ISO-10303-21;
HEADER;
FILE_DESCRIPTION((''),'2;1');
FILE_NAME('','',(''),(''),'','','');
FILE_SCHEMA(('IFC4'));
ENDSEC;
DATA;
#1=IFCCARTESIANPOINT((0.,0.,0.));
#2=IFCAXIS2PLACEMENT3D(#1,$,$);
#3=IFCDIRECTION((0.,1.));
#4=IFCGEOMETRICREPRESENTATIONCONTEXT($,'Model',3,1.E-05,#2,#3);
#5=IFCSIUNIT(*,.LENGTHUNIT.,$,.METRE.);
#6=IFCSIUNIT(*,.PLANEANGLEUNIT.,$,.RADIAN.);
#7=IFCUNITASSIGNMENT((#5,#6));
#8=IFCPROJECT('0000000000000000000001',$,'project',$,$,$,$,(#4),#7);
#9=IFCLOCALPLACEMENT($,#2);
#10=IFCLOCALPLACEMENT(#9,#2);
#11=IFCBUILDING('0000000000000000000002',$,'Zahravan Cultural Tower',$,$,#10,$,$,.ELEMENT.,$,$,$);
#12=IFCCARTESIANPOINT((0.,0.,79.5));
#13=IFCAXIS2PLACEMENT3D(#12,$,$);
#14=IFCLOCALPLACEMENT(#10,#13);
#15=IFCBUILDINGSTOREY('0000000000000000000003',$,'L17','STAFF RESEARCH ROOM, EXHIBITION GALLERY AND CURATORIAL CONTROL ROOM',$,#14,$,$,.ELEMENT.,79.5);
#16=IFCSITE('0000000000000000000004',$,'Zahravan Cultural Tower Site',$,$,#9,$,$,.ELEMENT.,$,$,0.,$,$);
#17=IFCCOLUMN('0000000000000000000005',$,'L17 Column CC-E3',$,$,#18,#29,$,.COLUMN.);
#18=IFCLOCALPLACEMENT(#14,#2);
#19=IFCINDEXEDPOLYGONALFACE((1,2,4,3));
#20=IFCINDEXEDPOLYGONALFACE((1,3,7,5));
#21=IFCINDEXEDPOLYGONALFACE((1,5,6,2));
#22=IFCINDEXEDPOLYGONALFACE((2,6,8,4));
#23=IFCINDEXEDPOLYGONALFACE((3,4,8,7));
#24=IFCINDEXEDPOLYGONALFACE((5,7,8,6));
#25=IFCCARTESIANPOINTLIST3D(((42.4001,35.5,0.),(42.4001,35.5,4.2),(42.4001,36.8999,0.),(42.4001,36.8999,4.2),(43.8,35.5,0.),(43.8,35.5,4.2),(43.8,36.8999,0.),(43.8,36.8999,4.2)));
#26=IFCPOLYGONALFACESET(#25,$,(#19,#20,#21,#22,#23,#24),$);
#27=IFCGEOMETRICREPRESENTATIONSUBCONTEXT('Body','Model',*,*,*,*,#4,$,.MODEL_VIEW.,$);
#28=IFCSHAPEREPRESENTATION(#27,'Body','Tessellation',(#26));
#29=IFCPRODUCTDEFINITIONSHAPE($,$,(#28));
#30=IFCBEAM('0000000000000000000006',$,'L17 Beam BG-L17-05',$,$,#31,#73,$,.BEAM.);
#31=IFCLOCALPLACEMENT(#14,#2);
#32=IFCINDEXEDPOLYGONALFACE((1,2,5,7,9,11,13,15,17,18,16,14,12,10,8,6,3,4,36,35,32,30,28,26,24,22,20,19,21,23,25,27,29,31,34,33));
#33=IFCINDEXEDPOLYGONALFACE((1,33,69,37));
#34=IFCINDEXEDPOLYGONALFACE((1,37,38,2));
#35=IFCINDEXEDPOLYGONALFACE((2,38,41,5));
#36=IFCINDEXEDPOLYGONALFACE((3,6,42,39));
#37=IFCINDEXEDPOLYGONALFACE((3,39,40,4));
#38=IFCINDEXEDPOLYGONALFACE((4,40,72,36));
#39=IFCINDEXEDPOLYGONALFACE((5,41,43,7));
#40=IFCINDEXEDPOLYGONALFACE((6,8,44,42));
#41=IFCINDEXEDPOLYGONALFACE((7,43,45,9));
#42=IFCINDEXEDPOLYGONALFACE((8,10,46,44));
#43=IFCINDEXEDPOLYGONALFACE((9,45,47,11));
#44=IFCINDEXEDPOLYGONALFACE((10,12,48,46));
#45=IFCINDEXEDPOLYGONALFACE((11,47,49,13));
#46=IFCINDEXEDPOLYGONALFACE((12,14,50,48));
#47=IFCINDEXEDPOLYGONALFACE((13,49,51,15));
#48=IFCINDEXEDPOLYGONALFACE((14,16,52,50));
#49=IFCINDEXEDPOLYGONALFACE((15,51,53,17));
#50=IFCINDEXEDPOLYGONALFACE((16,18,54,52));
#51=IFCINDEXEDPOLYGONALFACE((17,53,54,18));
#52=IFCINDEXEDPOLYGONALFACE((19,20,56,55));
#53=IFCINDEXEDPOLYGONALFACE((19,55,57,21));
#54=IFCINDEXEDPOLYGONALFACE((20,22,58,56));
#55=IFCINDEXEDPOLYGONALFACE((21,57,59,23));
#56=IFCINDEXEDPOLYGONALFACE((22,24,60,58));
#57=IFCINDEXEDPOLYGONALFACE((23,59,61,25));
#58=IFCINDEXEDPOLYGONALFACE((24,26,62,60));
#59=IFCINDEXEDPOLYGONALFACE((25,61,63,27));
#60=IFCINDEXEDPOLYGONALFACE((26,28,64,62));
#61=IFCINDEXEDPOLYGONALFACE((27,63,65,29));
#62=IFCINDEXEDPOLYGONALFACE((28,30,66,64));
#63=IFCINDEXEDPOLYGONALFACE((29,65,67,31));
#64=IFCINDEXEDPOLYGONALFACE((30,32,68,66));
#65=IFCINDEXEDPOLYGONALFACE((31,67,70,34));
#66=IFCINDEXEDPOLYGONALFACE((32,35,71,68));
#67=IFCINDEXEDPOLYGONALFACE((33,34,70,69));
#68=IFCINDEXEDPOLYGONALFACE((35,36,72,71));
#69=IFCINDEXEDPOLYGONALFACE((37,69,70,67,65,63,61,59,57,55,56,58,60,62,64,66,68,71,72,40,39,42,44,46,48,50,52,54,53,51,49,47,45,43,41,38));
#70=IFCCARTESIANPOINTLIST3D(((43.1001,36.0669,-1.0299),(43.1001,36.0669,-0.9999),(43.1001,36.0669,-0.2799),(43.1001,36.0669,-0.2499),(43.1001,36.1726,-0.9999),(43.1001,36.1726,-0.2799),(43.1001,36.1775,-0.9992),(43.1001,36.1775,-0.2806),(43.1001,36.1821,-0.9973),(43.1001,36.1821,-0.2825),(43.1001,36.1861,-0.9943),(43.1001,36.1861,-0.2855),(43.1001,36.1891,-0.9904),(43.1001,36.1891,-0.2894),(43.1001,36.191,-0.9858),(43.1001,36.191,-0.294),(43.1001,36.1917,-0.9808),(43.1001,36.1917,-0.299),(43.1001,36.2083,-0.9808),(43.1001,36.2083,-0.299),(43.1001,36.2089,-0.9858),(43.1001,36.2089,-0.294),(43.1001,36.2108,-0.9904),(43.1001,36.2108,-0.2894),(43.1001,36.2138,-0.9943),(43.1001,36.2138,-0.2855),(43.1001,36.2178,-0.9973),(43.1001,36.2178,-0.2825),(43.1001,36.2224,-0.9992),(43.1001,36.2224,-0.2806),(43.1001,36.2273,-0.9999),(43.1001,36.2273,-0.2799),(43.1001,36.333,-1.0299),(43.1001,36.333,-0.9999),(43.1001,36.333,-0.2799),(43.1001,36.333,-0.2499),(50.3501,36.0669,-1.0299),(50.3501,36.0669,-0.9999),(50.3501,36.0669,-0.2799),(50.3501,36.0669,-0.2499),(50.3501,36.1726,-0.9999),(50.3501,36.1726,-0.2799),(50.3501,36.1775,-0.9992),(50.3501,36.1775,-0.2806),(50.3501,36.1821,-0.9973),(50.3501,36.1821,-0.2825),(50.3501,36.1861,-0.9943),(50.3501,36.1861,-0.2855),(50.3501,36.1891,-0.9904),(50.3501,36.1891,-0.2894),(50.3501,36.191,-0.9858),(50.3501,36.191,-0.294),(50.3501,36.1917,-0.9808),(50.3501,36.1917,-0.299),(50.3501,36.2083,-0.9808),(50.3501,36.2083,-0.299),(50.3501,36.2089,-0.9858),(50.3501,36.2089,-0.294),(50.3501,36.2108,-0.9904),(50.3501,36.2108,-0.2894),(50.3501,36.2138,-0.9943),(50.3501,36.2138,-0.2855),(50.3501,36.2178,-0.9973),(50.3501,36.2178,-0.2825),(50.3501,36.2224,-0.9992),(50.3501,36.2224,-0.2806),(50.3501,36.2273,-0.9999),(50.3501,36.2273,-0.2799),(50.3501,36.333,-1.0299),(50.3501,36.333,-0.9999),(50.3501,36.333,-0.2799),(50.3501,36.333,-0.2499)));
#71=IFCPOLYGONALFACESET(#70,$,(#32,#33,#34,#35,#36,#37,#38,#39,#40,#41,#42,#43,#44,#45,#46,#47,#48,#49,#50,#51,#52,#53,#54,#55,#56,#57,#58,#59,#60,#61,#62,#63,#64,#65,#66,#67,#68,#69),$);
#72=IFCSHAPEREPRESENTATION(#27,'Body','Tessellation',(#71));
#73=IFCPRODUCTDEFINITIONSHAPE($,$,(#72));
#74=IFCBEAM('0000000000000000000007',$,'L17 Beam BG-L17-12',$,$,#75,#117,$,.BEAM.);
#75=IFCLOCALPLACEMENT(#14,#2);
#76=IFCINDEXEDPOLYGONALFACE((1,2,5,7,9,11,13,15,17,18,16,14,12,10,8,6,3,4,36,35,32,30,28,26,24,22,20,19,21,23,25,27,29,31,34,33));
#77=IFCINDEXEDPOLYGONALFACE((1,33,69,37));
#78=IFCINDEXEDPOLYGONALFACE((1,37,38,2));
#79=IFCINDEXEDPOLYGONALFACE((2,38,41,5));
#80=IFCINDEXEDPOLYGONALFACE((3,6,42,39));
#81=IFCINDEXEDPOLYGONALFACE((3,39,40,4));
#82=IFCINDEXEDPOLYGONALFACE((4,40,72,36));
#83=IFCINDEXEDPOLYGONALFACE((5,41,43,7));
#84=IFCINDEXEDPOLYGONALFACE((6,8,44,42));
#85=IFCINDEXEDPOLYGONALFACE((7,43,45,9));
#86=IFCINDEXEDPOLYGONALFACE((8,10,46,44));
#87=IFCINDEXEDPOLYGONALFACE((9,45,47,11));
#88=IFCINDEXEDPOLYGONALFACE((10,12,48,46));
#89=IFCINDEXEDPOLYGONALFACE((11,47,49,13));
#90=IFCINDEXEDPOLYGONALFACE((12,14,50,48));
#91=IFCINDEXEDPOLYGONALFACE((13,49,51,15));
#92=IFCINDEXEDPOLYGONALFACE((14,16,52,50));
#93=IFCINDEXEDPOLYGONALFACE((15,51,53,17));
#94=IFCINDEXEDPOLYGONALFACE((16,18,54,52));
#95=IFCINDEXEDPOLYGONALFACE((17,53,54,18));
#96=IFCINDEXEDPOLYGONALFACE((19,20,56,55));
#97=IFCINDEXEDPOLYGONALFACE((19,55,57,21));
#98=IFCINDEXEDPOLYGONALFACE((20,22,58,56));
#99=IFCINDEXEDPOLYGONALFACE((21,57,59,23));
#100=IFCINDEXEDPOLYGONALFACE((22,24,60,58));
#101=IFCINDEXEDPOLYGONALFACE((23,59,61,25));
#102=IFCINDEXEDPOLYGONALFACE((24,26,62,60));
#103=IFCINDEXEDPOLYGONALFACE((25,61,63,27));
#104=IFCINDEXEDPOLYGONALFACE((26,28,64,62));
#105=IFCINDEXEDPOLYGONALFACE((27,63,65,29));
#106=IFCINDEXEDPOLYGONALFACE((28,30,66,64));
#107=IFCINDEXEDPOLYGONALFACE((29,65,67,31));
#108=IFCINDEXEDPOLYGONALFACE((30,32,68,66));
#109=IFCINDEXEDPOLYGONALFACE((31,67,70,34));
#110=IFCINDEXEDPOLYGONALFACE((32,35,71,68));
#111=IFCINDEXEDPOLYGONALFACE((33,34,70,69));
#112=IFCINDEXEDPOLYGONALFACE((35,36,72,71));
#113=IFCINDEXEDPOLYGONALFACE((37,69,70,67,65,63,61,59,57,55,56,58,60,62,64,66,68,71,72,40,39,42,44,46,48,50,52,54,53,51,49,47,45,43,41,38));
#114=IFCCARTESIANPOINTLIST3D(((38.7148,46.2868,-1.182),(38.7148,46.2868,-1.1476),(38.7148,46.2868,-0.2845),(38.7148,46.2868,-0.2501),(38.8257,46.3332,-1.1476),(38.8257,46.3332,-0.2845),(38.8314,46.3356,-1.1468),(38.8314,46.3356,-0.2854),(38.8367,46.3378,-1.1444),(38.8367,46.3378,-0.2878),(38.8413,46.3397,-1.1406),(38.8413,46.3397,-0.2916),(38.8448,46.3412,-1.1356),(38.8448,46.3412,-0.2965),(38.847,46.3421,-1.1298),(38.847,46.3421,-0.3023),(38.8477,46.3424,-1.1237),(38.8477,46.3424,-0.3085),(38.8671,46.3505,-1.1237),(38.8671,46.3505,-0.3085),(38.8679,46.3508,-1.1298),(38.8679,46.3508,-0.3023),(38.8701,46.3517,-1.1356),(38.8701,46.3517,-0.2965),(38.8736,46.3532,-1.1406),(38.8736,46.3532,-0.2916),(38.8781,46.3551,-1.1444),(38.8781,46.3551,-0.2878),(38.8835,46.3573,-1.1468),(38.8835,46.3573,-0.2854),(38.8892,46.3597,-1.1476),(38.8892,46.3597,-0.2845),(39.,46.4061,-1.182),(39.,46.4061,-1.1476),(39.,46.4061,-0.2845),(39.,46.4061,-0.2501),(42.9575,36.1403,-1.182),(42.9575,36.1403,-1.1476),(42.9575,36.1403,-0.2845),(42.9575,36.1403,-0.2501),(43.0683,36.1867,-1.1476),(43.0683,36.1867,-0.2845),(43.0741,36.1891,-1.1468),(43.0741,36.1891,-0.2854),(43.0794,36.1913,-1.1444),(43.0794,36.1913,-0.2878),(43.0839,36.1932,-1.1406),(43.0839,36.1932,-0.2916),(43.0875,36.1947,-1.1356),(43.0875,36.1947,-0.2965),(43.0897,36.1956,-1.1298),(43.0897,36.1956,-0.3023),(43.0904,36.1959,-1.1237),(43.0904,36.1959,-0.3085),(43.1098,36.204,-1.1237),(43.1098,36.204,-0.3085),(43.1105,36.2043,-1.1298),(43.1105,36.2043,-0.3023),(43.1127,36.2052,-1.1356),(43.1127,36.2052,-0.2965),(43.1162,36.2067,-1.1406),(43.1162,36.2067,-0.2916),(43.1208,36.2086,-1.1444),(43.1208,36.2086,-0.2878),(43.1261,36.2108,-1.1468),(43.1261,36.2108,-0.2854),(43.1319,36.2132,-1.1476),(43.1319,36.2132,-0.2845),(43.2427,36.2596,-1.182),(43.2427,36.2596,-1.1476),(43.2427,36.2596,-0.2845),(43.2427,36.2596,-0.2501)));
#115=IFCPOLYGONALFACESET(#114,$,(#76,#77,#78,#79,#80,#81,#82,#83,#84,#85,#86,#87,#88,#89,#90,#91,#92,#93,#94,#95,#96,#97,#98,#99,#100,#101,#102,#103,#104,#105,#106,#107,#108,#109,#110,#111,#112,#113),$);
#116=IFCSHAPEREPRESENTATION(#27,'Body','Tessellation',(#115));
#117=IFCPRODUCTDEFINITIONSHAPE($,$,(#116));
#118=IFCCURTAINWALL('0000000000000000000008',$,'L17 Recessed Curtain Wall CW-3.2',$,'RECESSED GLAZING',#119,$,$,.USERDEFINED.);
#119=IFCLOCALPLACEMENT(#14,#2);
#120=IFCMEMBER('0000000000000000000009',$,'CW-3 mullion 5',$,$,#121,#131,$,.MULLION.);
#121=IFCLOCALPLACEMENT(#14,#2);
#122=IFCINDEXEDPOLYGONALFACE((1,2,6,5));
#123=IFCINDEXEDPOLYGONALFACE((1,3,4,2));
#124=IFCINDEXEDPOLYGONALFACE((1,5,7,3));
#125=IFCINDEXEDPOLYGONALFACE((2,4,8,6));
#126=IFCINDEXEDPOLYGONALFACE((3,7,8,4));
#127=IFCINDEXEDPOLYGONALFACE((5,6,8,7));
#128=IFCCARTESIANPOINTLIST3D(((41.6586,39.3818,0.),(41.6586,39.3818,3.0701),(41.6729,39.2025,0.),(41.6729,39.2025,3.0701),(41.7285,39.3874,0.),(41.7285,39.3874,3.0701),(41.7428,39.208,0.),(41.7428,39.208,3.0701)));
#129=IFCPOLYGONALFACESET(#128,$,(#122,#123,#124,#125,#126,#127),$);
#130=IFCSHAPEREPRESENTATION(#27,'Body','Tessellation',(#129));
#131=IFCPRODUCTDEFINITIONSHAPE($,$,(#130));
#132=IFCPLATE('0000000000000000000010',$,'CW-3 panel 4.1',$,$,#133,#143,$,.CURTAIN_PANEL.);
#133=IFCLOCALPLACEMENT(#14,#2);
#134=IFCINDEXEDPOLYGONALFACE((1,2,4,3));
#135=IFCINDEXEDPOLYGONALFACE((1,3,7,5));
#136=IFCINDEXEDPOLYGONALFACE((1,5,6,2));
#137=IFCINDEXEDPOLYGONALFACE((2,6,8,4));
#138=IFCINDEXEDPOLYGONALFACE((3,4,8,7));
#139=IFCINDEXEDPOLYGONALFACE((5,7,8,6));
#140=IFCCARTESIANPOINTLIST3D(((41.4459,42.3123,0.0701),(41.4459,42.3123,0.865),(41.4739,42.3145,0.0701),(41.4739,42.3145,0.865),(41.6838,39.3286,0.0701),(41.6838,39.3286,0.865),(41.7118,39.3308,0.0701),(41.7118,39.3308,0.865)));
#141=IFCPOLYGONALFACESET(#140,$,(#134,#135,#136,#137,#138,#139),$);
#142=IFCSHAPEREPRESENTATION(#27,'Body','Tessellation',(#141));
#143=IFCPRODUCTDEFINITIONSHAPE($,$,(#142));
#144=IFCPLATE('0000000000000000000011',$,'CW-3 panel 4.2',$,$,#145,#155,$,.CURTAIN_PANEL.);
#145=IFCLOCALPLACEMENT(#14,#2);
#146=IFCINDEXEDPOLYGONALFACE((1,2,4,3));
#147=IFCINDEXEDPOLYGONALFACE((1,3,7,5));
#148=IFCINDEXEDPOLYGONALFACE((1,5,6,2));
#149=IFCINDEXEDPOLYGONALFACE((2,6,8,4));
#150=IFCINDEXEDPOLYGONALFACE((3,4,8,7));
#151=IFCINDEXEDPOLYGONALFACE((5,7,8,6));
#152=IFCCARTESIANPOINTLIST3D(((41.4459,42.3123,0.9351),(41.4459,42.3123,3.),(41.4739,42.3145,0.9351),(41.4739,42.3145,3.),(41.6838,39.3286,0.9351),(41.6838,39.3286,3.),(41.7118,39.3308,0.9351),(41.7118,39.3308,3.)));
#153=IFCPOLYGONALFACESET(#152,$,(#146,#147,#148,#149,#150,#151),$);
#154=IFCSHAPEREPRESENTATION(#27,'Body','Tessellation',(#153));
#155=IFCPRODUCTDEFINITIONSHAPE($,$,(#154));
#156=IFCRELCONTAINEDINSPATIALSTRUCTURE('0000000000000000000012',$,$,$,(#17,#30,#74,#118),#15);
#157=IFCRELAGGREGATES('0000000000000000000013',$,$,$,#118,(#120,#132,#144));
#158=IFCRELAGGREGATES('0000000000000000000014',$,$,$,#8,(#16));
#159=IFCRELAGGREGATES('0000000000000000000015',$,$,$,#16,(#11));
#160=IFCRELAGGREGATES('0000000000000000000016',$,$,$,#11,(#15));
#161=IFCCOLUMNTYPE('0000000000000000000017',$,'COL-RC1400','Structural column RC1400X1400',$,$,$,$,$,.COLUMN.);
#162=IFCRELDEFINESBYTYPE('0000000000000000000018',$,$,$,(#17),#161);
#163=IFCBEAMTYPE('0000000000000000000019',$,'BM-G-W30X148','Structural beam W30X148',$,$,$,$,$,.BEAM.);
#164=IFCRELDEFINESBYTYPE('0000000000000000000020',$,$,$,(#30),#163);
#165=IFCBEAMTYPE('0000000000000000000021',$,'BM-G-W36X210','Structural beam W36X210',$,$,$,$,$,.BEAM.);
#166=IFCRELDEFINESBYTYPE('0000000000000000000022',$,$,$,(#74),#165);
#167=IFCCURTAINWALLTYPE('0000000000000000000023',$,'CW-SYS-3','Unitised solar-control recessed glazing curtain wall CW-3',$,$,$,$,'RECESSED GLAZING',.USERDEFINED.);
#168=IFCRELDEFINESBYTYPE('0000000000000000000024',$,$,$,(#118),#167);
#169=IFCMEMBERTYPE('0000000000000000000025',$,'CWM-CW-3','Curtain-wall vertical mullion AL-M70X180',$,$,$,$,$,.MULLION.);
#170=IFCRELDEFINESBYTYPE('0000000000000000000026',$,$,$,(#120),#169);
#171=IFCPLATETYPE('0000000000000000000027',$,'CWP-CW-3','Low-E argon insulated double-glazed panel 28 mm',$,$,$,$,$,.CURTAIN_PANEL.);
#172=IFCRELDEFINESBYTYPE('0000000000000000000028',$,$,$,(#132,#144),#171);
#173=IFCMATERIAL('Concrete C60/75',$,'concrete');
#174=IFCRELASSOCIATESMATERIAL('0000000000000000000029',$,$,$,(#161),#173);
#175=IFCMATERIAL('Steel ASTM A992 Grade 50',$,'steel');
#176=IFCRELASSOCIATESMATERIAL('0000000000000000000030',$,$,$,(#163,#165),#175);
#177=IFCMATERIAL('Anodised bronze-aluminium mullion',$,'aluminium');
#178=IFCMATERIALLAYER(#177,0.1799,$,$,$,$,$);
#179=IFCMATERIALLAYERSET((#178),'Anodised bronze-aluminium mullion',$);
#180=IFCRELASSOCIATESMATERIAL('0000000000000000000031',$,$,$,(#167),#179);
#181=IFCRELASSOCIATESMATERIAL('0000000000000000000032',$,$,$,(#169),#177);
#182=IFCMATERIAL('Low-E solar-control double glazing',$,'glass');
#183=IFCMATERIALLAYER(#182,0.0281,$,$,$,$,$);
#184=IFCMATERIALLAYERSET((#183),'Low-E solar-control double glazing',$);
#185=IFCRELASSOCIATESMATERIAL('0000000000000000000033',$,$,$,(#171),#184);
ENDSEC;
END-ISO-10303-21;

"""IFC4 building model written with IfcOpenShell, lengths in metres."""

from ifc_helpers import new_model, si_unit, direction, frame, origin, origin_2d, place, context, subcontext, project, spatial, rectangle, i_section, extrude, source, transform, mapped, material, layer, layer_set, material_profile, profile_set, type_object, element, aggregate, save


model = new_model("IFC4")

# Units and contexts
model_context = context("Model", 3, precision=1e-05, world=origin(), true_north=direction((0.0, 1.0)))
body_context = subcontext(model_context, "Body", "Model", "MODEL_VIEW")
ifc_project = project(units=[si_unit("LENGTHUNIT", "METRE"), si_unit("PLANEANGLEUNIT", "RADIAN")], contexts=[model_context])

# Site, building, storey
site_placement = place(None, origin())
site = spatial("IfcSite", under=ifc_project, at=site_placement, Name="Zahravan Cultural Tower Site", CompositionType="ELEMENT", RefElevation=0.0)
building_placement = place(site_placement, origin())
building = spatial("IfcBuilding", under=site, at=building_placement, Name="Zahravan Cultural Tower", CompositionType="ELEMENT")
storey_placement = place(building_placement, frame((0.0, 0.0, 79.5)))
storey = spatial("IfcBuildingStorey", under=building, at=storey_placement, Name="L17", Description="STAFF RESEARCH ROOM, EXHIBITION GALLERY AND CURATORIAL CONTROL ROOM", CompositionType="ELEMENT", Elevation=79.5)

# Column
ifc_material_1 = material(Name="Concrete C60/75", Category="concrete")
ifc_material_profile_1 = material_profile(ifc_material_1, rectangle(XDim=1.3999, YDim=1.3999, at=origin_2d()), Name="RC1400X1400")
ifc_profile_set_1 = profile_set([ifc_material_profile_1], Name="Concrete C60/75")
column_type = type_object("IfcColumnType", Name="COL-RC1400", Description="Structural column RC1400X1400", PredefinedType="COLUMN", material=ifc_profile_set_1)
shared_shape_1 = source(origin(), body_context, "Body", "SweptSolid", [
    extrude(rectangle(XDim=1.3999, YDim=1.3999, at=origin_2d()), origin(), (0.0, 0.0, 1.0), 4.2),
])
column_placement = place(storey_placement, frame((43.1001, 36.2, 0.0), z_axis=(0.0, 0.0, 1.0), x_axis=(1.0, 0.0, 0.0)))
element("IfcColumn", 1, at=column_placement, inside=storey, type_object=column_type, Name="L17 Column CC-E3", PredefinedType="COLUMN", context=body_context, shape_type="MappedRepresentation", body=[
    mapped(shared_shape_1, transform((0.0, 0.0, 0.0), x_axis=(1.0, 0.0, 0.0), y_axis=(0.0, 1.0, 0.0), z_axis=(0.0, 0.0, 1.0), scale=1.0)),
])

# Beams
ifc_material_2 = material(Name="Steel ASTM A992 Grade 50", Category="steel")
ifc_material_profile_2 = material_profile(ifc_material_2, i_section(OverallWidth=0.2661, OverallDepth=0.78, WebThickness=0.0166, FlangeThickness=0.03, FilletRadius=0.019, at=origin_2d()), Name="W30X148")
ifc_profile_set_2 = profile_set([ifc_material_profile_2], Name="Steel ASTM A992 Grade 50")
beam_type_1 = type_object("IfcBeamType", Name="BM-G-W30X148", Description="Structural beam W30X148", PredefinedType="BEAM", material=ifc_profile_set_2)
shared_shape_2 = source(origin(), body_context, "Body", "SweptSolid", [
    extrude(i_section(OverallWidth=0.2661, OverallDepth=0.78, WebThickness=0.0166, FlangeThickness=0.03, FilletRadius=0.019, at=origin_2d()), origin(), (0.0, 0.0, 1.0), 7.25),
])
beam_1_placement = place(storey_placement, frame((43.1001, 36.2, -0.6399), z_axis=(1.0, 0.0, 0.0), x_axis=(0.0, 1.0, 0.0)))
element("IfcBeam", 2, at=beam_1_placement, inside=storey, type_object=beam_type_1, Name="L17 Beam BG-L17-05", PredefinedType="BEAM", context=body_context, shape_type="MappedRepresentation", body=[
    mapped(shared_shape_2, transform((0.0, 0.0, 0.0), x_axis=(1.0, 0.0, 0.0), y_axis=(0.0, 1.0, 0.0), z_axis=(0.0, 0.0, 1.0), scale=1.0)),
])
ifc_material_profile_3 = material_profile(ifc_material_2, i_section(OverallWidth=0.3091, OverallDepth=0.9319, WebThickness=0.021, FlangeThickness=0.0344, FilletRadius=0.0239, at=origin_2d()), Name="W36X210")
ifc_profile_set_3 = profile_set([ifc_material_profile_3], Name="Steel ASTM A992 Grade 50")
beam_type_2 = type_object("IfcBeamType", Name="BM-G-W36X210", Description="Structural beam W36X210", PredefinedType="BEAM", material=ifc_profile_set_3)
shared_shape_3 = source(origin(), body_context, "Body", "SweptSolid", [
    extrude(i_section(OverallWidth=0.3091, OverallDepth=0.9319, WebThickness=0.021, FlangeThickness=0.0344, FilletRadius=0.0239, at=origin_2d()), origin(), (0.0, 0.0, 1.0), 10.9978),
])
beam_2_placement = place(storey_placement, frame((43.1001, 36.2, -0.7161), z_axis=(-0.385775, 0.922593, 0.0), x_axis=(-0.922593, -0.385775, 0.0)))
element("IfcBeam", 3, at=beam_2_placement, inside=storey, type_object=beam_type_2, Name="L17 Beam BG-L17-12", PredefinedType="BEAM", context=body_context, shape_type="MappedRepresentation", body=[
    mapped(shared_shape_3, transform((0.0, 0.0, 0.0), x_axis=(1.0, 0.0, 0.0), y_axis=(0.0, 1.0, 0.0), z_axis=(0.0, 0.0, 1.0), scale=1.0)),
])

# Curtain wall, member, plates
ifc_material_3 = material(Name="Anodised bronze-aluminium mullion", Category="aluminium")
ifc_layer_1 = layer(ifc_material_3, 0.1799)
ifc_layer_set_1 = layer_set([ifc_layer_1], Name="Anodised bronze-aluminium mullion")
curtain_wall_type = type_object("IfcCurtainWallType", Name="CW-SYS-3", Description="Unitised solar-control recessed glazing curtain wall CW-3", ElementType="RECESSED GLAZING", PredefinedType="USERDEFINED", material=ifc_layer_set_1)
curtain_wall_placement = place(storey_placement, origin())
curtain_wall = element("IfcCurtainWall", 4, at=curtain_wall_placement, inside=storey, type_object=curtain_wall_type, Name="L17 Recessed Curtain Wall CW-3.2", ObjectType="RECESSED GLAZING", PredefinedType="USERDEFINED")
ifc_material_profile_4 = material_profile(ifc_material_3, rectangle(XDim=0.0701, YDim=0.1799, at=origin_2d()), Name="AL-M70X180")
ifc_profile_set_4 = profile_set([ifc_material_profile_4], Name="Anodised bronze-aluminium mullion")
member_type = type_object("IfcMemberType", Name="CWM-CW-3", Description="Curtain-wall vertical mullion AL-M70X180", PredefinedType="MULLION", material=ifc_profile_set_4)
shared_shape_4 = source(origin(), body_context, "Body", "SweptSolid", [
    extrude(rectangle(XDim=0.0701, YDim=0.1799, at=origin_2d()), origin(), (0.0, 0.0, 1.0), 3.0701),
])
member_placement = place(storey_placement, frame((41.7007, 39.2949, 0.0), z_axis=(0.0, 0.0, 1.0), x_axis=(0.996835, 0.079501, 0.0)))
member = element("IfcMember", 5, at=member_placement, type_object=member_type, Name="CW-3 mullion 5", PredefinedType="MULLION", context=body_context, shape_type="MappedRepresentation", body=[
    mapped(shared_shape_4, transform((0.0, 0.0, 0.0), x_axis=(1.0, 0.0, 0.0), y_axis=(0.0, 1.0, 0.0), z_axis=(0.0, 0.0, 1.0), scale=1.0)),
])
ifc_material_4 = material(Name="Low-E solar-control double glazing", Category="glass")
ifc_layer_2 = layer(ifc_material_4, 0.0281)
ifc_layer_set_2 = layer_set([ifc_layer_2], Name="Low-E solar-control double glazing")
plate_type = type_object("IfcPlateType", Name="CWP-CW-3", Description="Low-E argon insulated double-glazed panel 28 mm", PredefinedType="CURTAIN_PANEL", material=ifc_layer_set_2)
shared_shape_5 = source(origin(), body_context, "Body", "SweptSolid", [
    extrude(rectangle(XDim=2.9932, YDim=0.0281, at=origin_2d()), origin(), (0.0, 0.0, 1.0), 0.7949),
])
plate_1_placement = place(storey_placement, frame((41.5789, 40.8215, 0.0701), z_axis=(0.0, 0.0, 1.0), x_axis=(0.079501, -0.996835, 0.0)))
plate_1 = element("IfcPlate", 6, at=plate_1_placement, type_object=plate_type, Name="CW-3 panel 4.1", PredefinedType="CURTAIN_PANEL", context=body_context, shape_type="MappedRepresentation", body=[
    mapped(shared_shape_5, transform((0.0, 0.0, 0.0), x_axis=(1.0, 0.0, 0.0), y_axis=(0.0, 1.0, 0.0), z_axis=(0.0, 0.0, 1.0), scale=1.0)),
])
shared_shape_6 = source(origin(), body_context, "Body", "SweptSolid", [
    extrude(rectangle(XDim=2.9932, YDim=0.0281, at=origin_2d()), origin(), (0.0, 0.0, 1.0), 2.0649),
])
plate_2_placement = place(storey_placement, frame((41.5789, 40.8215, 0.9351), z_axis=(0.0, 0.0, 1.0), x_axis=(0.079501, -0.996835, 0.0)))
plate_2 = element("IfcPlate", 7, at=plate_2_placement, type_object=plate_type, Name="CW-3 panel 4.2", PredefinedType="CURTAIN_PANEL", context=body_context, shape_type="MappedRepresentation", body=[
    mapped(shared_shape_6, transform((0.0, 0.0, 0.0), x_axis=(1.0, 0.0, 0.0), y_axis=(0.0, 1.0, 0.0), z_axis=(0.0, 0.0, 1.0), scale=1.0)),
])
aggregate(curtain_wall, [member, plate_1, plate_2])

save(model, "model.ifc")
